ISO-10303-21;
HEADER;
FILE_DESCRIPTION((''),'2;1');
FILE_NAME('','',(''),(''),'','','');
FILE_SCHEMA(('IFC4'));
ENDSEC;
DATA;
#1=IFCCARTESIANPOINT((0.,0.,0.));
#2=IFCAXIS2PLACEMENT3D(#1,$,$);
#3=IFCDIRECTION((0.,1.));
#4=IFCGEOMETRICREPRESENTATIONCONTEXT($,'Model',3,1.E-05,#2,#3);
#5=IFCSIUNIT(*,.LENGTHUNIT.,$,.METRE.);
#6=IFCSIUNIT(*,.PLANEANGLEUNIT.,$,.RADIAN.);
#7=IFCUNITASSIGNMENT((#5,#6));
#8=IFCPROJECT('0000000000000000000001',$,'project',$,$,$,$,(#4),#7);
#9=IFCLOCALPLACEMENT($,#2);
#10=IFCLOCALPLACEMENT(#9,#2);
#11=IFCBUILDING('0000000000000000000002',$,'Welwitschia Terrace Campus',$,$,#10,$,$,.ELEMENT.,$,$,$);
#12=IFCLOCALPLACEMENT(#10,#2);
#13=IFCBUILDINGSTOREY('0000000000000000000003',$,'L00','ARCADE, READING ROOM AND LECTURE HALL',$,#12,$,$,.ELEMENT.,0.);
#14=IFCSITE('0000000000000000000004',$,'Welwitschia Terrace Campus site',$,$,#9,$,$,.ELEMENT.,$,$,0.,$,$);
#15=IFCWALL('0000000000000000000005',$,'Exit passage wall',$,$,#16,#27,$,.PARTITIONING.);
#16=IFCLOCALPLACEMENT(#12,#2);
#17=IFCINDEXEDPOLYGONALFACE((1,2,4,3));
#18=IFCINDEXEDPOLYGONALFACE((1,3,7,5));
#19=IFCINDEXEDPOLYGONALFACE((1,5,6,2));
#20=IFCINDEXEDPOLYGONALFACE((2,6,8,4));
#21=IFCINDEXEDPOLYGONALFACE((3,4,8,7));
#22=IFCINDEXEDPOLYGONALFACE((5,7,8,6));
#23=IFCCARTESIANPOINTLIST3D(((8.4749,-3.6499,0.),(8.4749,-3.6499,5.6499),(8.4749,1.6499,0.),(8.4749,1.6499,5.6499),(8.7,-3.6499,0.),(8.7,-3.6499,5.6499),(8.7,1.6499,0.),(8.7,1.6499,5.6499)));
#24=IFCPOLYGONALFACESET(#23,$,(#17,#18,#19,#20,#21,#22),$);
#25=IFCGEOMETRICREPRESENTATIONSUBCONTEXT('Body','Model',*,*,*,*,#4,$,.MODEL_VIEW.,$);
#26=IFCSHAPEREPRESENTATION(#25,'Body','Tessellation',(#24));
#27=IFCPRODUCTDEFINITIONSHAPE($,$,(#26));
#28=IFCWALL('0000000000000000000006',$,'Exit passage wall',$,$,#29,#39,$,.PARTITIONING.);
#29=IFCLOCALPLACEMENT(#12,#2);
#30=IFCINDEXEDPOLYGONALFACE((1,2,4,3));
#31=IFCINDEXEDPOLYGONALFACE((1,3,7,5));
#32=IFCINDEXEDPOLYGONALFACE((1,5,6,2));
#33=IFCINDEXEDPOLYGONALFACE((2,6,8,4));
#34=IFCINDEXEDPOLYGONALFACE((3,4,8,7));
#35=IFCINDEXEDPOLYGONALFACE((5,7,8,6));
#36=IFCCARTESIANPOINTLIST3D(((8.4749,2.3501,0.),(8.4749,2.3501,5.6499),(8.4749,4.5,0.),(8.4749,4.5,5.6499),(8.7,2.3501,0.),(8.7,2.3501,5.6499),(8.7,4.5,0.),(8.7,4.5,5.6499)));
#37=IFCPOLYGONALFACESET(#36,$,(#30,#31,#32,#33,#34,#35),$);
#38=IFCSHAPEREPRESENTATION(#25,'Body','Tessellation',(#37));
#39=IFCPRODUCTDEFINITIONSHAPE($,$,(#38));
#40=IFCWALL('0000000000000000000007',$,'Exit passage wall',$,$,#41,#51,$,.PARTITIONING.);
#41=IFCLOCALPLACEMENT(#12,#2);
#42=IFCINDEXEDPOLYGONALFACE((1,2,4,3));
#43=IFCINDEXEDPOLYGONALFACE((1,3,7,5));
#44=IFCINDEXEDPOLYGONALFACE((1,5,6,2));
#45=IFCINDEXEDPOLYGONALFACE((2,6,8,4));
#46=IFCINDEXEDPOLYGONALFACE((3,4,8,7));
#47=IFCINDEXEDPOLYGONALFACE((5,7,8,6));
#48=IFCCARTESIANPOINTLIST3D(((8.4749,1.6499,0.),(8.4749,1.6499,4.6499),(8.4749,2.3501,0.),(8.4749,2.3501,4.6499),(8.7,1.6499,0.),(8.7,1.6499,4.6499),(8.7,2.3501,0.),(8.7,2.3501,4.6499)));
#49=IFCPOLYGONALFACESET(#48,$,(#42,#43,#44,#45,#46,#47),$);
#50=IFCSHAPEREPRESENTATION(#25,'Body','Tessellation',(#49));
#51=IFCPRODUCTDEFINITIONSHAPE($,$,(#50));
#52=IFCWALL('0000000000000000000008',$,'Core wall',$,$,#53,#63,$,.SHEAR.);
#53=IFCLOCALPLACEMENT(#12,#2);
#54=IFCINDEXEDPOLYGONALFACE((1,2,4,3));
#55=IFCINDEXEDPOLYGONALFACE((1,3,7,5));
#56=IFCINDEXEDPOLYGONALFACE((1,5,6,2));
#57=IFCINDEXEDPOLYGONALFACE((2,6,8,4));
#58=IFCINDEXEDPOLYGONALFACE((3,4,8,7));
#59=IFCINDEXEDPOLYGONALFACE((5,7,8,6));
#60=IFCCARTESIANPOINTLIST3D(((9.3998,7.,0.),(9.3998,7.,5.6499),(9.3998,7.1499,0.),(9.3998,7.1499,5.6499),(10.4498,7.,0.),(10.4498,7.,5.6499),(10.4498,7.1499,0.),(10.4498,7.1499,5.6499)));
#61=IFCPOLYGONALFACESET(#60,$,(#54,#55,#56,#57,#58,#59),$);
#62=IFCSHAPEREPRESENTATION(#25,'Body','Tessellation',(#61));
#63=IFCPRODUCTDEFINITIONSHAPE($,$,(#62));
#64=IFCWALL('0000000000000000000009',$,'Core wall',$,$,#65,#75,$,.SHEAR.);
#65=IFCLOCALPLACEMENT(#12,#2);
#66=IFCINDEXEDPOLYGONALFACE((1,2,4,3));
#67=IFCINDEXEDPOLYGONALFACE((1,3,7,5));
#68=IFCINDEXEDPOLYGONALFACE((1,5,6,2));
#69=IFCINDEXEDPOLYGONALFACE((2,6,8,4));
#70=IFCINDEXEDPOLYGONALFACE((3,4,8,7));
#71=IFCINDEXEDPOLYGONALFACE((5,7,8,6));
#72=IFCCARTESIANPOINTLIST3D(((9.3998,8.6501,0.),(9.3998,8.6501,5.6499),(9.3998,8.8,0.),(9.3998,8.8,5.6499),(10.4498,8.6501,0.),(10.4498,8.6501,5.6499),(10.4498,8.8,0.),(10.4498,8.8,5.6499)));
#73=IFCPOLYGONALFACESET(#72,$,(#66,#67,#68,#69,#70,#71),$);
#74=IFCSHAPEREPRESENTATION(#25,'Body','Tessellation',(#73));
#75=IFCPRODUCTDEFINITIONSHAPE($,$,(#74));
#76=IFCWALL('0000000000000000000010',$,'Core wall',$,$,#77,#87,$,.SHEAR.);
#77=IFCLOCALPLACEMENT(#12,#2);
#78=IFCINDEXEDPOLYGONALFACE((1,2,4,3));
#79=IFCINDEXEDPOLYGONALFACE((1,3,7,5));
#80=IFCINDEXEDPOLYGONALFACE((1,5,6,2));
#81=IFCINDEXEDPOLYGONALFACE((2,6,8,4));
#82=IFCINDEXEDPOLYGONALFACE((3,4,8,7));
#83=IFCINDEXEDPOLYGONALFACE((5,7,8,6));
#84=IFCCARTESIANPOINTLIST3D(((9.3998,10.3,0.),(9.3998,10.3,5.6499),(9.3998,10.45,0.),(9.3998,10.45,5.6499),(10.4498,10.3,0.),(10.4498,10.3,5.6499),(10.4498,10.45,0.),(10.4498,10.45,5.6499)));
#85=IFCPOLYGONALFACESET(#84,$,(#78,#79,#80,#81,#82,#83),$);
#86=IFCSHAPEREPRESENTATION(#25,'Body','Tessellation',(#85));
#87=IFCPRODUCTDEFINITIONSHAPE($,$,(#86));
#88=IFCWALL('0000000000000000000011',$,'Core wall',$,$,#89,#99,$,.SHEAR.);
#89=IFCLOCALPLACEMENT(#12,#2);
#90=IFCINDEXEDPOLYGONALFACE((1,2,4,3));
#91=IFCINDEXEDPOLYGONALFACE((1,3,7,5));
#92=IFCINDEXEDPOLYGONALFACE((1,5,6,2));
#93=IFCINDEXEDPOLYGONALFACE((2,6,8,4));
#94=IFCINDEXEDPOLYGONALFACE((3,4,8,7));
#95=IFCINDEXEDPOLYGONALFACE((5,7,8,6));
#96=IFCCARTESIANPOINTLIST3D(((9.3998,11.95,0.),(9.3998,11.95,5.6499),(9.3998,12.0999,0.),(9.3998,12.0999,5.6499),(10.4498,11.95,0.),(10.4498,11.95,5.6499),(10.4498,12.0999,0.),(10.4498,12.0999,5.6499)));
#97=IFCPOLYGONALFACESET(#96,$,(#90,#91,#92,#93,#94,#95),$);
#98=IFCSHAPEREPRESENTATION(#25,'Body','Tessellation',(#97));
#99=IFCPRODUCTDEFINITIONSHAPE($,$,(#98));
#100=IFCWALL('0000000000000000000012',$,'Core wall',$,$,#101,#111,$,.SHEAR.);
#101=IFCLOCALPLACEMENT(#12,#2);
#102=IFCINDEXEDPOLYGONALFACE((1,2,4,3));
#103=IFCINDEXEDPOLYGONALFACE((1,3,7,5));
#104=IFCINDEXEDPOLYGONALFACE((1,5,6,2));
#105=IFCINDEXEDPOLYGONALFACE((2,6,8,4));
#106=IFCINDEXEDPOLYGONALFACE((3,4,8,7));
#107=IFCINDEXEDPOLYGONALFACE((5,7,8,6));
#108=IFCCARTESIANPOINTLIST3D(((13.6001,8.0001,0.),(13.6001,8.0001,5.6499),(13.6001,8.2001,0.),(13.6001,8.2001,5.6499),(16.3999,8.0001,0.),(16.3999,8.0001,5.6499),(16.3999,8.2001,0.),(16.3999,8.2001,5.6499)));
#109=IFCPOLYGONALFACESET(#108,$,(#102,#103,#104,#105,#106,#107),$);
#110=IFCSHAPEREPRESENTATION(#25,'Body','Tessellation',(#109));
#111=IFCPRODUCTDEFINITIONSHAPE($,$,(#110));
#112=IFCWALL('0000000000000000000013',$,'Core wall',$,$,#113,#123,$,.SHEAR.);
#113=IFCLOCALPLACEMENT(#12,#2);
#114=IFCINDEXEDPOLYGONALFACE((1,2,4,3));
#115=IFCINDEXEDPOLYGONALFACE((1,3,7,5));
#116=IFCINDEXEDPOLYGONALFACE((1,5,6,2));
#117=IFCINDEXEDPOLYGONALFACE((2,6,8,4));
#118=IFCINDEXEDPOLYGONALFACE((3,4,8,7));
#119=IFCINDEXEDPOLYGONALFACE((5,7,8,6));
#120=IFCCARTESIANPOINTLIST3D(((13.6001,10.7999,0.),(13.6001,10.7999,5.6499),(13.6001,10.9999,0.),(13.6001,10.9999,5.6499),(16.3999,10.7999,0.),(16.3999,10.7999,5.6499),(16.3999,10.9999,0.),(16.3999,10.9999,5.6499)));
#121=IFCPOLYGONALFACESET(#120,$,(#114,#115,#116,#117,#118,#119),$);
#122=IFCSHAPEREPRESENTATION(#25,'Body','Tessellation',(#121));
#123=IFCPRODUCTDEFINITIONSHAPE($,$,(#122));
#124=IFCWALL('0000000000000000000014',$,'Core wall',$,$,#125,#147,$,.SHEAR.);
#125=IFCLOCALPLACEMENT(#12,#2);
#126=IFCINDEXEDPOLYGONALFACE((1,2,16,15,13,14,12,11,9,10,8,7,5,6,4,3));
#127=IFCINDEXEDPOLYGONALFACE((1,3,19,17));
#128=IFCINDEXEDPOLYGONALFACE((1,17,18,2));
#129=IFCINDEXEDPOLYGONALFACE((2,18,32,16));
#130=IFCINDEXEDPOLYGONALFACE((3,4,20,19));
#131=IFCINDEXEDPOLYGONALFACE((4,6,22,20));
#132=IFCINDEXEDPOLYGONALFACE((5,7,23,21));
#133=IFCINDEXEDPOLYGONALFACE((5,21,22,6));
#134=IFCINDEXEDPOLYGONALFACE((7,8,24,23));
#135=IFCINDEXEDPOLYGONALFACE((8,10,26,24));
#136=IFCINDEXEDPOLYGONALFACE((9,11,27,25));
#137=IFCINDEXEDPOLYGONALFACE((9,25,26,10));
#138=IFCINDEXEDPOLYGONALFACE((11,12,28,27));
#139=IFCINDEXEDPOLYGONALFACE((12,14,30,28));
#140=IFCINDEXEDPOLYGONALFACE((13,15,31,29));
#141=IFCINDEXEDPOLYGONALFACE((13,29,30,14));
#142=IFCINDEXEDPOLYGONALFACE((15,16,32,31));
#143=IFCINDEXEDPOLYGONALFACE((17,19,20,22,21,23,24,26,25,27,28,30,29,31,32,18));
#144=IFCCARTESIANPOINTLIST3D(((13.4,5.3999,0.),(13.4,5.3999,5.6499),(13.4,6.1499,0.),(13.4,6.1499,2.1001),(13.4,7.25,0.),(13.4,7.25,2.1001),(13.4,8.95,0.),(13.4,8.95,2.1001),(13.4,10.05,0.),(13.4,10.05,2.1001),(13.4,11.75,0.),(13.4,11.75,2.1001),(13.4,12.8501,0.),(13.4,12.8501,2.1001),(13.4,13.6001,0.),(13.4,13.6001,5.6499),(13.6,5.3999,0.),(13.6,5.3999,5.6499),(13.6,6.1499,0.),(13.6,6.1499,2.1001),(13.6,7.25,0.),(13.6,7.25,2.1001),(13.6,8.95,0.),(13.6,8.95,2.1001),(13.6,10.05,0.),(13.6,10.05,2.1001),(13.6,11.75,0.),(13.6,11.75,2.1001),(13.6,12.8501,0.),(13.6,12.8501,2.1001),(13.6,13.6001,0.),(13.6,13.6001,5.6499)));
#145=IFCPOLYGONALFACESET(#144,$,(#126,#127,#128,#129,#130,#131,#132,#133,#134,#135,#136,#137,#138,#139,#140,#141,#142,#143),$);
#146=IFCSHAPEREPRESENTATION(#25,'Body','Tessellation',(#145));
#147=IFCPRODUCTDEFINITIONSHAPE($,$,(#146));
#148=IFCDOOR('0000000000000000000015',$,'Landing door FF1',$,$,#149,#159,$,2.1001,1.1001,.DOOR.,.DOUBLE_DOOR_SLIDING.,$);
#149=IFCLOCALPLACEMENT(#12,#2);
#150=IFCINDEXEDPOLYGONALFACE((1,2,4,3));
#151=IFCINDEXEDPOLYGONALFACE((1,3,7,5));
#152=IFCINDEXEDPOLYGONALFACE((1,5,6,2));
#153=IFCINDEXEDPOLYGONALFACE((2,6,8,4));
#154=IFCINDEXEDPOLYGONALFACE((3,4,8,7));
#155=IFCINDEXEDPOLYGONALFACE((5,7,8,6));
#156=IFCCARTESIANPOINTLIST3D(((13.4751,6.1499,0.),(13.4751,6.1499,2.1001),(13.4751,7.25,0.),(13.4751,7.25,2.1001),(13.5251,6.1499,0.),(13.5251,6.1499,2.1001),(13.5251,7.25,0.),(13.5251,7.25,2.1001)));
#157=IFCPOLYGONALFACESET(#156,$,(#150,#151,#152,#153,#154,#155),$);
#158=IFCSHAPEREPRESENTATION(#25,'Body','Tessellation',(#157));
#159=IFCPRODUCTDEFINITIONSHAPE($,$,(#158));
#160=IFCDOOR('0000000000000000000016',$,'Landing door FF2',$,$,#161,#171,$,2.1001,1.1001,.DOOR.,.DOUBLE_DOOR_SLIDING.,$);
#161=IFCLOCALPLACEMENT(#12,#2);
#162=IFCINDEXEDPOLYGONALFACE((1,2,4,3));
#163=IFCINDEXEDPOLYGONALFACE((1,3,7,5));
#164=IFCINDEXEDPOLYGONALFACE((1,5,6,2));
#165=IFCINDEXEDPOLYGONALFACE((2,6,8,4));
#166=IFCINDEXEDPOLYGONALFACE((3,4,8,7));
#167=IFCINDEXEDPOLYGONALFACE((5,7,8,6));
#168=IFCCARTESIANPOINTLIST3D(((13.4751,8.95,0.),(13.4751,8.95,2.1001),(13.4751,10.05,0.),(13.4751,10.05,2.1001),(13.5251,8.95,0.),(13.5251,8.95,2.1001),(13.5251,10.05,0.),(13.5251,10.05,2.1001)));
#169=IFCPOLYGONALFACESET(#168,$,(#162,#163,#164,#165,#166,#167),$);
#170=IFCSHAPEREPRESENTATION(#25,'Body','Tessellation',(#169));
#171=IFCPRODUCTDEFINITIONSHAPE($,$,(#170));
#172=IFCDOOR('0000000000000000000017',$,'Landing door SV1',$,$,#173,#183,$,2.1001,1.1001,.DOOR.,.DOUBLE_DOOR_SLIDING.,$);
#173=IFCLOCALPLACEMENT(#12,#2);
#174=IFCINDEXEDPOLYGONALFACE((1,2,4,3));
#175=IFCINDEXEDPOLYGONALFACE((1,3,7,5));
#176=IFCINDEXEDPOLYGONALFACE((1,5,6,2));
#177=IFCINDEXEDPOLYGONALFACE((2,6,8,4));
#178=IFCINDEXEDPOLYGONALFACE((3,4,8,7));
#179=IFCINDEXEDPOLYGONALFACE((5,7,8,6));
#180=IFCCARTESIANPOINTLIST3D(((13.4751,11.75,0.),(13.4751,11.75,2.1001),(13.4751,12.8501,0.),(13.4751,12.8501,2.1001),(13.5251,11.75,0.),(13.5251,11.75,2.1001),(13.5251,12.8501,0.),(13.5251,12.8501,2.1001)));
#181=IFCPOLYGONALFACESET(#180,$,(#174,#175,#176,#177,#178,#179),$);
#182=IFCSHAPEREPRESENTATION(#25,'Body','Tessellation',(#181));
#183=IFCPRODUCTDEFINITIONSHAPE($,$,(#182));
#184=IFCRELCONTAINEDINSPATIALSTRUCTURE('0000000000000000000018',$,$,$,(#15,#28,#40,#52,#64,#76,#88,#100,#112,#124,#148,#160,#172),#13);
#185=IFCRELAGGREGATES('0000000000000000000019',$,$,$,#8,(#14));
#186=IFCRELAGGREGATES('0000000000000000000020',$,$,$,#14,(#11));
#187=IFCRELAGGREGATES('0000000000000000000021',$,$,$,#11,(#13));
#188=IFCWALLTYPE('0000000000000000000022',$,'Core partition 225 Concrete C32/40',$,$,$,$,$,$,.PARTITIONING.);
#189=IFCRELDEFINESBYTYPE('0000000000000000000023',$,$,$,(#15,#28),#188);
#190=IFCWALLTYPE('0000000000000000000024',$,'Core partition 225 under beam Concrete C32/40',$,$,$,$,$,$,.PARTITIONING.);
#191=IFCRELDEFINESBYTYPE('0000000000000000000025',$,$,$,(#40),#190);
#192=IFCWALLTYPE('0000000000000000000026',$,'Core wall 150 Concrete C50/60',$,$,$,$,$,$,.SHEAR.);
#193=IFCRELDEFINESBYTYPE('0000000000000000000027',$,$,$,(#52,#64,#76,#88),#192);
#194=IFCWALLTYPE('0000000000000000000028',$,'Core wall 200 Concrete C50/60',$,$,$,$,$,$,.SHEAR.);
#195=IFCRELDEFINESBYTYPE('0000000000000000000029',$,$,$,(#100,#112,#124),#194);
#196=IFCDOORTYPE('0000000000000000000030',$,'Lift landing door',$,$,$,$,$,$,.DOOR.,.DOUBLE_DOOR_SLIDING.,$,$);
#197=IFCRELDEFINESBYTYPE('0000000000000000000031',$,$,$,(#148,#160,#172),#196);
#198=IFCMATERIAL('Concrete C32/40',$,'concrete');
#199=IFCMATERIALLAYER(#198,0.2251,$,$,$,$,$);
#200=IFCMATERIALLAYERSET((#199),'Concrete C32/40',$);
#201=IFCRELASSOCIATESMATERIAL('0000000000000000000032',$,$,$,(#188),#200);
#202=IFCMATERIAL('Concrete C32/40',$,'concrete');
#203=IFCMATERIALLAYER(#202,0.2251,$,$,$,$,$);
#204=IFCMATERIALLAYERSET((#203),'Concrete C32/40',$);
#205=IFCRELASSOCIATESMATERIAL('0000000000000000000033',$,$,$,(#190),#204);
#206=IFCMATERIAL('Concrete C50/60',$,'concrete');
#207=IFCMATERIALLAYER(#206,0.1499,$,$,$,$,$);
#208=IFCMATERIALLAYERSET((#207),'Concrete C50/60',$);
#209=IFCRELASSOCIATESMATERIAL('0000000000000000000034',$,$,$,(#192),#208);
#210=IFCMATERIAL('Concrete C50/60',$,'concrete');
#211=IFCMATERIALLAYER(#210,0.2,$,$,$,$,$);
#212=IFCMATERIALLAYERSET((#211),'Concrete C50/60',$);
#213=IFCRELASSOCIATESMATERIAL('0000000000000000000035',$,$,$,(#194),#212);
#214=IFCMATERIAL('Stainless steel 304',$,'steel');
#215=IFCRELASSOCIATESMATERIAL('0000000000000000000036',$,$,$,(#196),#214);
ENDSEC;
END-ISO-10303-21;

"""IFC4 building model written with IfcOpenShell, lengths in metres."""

from ifc_helpers import new_model, si_unit, direction, frame, frame_2d, origin, place, context, subcontext, project, spatial, rectangle, extrude, material, layer, layer_set, type_object, element, fill, save


model = new_model("IFC4")

# Units and contexts
model_context = context("Model", 3, precision=1e-05, world=origin(), true_north=direction((0.0, 1.0)))
body_context = subcontext(model_context, "Body", "Model", "MODEL_VIEW")
ifc_project = project(units=[si_unit("LENGTHUNIT", "METRE"), si_unit("PLANEANGLEUNIT", "RADIAN")], contexts=[model_context])

# Site, building, storey
site_placement = place(None, origin())
site = spatial("IfcSite", under=ifc_project, at=site_placement, Name="Welwitschia Terrace Campus site", CompositionType="ELEMENT", RefElevation=0.0)
building_placement = place(site_placement, origin())
building = spatial("IfcBuilding", under=site, at=building_placement, Name="Welwitschia Terrace Campus", CompositionType="ELEMENT")
storey_placement = place(building_placement, origin())
storey = spatial("IfcBuildingStorey", under=building, at=storey_placement, Name="L00", Description="ARCADE, READING ROOM AND LECTURE HALL", CompositionType="ELEMENT", Elevation=0.0)

# Walls
ifc_material_1 = material(Name="Concrete C32/40", Category="concrete")
ifc_layer_1 = layer(ifc_material_1, 0.2251)
ifc_layer_set_1 = layer_set([ifc_layer_1], Name="Concrete C32/40")
wall_type_1 = type_object("IfcWallType", Name="Core partition 225 Concrete C32/40", PredefinedType="PARTITIONING", material=ifc_layer_set_1)
wall_1_placement = place(storey_placement, frame((8.5874, 1.6499, 0.0), z_axis=(0.0, 0.0, 1.0), x_axis=(0.0, -1.0, 0.0)))
element("IfcWall", 1, at=wall_1_placement, inside=storey, type_object=wall_type_1, Name="Exit passage wall", PredefinedType="PARTITIONING", context=body_context, shape_type="SweptSolid", body=[
    extrude(rectangle(XDim=5.2998, YDim=0.2251, at=frame_2d((2.6499, 0.0))), origin(), (0.0, 0.0, 1.0), 5.6499),
])
wall_2_placement = place(storey_placement, frame((8.5874, 4.5, 0.0), z_axis=(0.0, 0.0, 1.0), x_axis=(0.0, -1.0, 0.0)))
element("IfcWall", 2, at=wall_2_placement, inside=storey, type_object=wall_type_1, Name="Exit passage wall", PredefinedType="PARTITIONING", context=body_context, shape_type="SweptSolid", body=[
    extrude(rectangle(XDim=2.1499, YDim=0.2251, at=frame_2d((1.075, 0.0))), origin(), (0.0, 0.0, 1.0), 5.6499),
])
ifc_material_2 = material(Name="Concrete C32/40", Category="concrete")
ifc_layer_2 = layer(ifc_material_2, 0.2251)
ifc_layer_set_2 = layer_set([ifc_layer_2], Name="Concrete C32/40")
wall_type_2 = type_object("IfcWallType", Name="Core partition 225 under beam Concrete C32/40", PredefinedType="PARTITIONING", material=ifc_layer_set_2)
wall_3_placement = place(storey_placement, frame((8.5874, 2.3501, 0.0), z_axis=(0.0, 0.0, 1.0), x_axis=(0.0, -1.0, 0.0)))
element("IfcWall", 3, at=wall_3_placement, inside=storey, type_object=wall_type_2, Name="Exit passage wall", PredefinedType="PARTITIONING", context=body_context, shape_type="SweptSolid", body=[
    extrude(rectangle(XDim=0.7002, YDim=0.2251, at=frame_2d((0.3501, 0.0))), origin(), (0.0, 0.0, 1.0), 4.6499),
])
ifc_material_3 = material(Name="Concrete C50/60", Category="concrete")
ifc_layer_3 = layer(ifc_material_3, 0.1499)
ifc_layer_set_3 = layer_set([ifc_layer_3], Name="Concrete C50/60")
wall_type_3 = type_object("IfcWallType", Name="Core wall 150 Concrete C50/60", PredefinedType="SHEAR", material=ifc_layer_set_3)
for number, where, z_axis, x_axis, name in (
    (4, (9.3999, 7.075, 0.0), (0.0, 0.0, 1.0), (1.0, 0.0, 0.0), "Core wall"),
    (5, (9.3999, 8.7251, 0.0), (0.0, 0.0, 1.0), (1.0, 0.0, 0.0), "Core wall"),
    (6, (9.3999, 10.375, 0.0), (0.0, 0.0, 1.0), (1.0, 0.0, 0.0), "Core wall"),
    (7, (9.3999, 12.0249, 0.0), (0.0, 0.0, 1.0), (1.0, 0.0, 0.0), "Core wall"),
):
    element("IfcWall", number, at=place(storey_placement, frame(where, z_axis=z_axis, x_axis=x_axis)), inside=storey, type_object=wall_type_3, Name=name, PredefinedType="SHEAR", context=body_context, shape_type="SweptSolid", body=[
        extrude(rectangle(XDim=1.05, YDim=0.1499, at=frame_2d((0.5249, 0.0))), origin(), (0.0, 0.0, 1.0), 5.6499),
    ])
ifc_material_4 = material(Name="Concrete C50/60", Category="concrete")
ifc_layer_4 = layer(ifc_material_4, 0.2)
ifc_layer_set_4 = layer_set([ifc_layer_4], Name="Concrete C50/60")
wall_type_4 = type_object("IfcWallType", Name="Core wall 200 Concrete C50/60", PredefinedType="SHEAR", material=ifc_layer_set_4)
for number, where, z_axis, x_axis, name in (
    (8, (13.6001, 8.1001, 0.0), (0.0, 0.0, 1.0), (1.0, 0.0, 0.0), "Core wall"),
    (9, (13.6001, 10.8999, 0.0), (0.0, 0.0, 1.0), (1.0, 0.0, 0.0), "Core wall"),
):
    element("IfcWall", number, at=place(storey_placement, frame(where, z_axis=z_axis, x_axis=x_axis)), inside=storey, type_object=wall_type_4, Name=name, PredefinedType="SHEAR", context=body_context, shape_type="SweptSolid", body=[
        extrude(rectangle(XDim=2.7998, YDim=0.2, at=frame_2d((1.3999, 0.0))), origin(), (0.0, 0.0, 1.0), 5.6499),
    ])

# Wall, openings, doors
wall_4_placement = place(storey_placement, frame((13.5, 5.3999, 0.0), z_axis=(0.0, 0.0, 1.0), x_axis=(0.0, 1.0, 0.0)))
wall_4 = element("IfcWall", 10, at=wall_4_placement, inside=storey, type_object=wall_type_4, Name="Core wall", PredefinedType="SHEAR", context=body_context, shape_type="SweptSolid", body=[
    extrude(rectangle(XDim=8.2002, YDim=0.2, at=frame_2d((4.1001, 0.0))), origin(), (0.0, 0.0, 1.0), 5.6499),
])
opening_1_placement = place(wall_4_placement, frame((0.75, 0.0, 0.0)))
opening_1 = element("IfcOpeningElement", 11, at=opening_1_placement, cuts=wall_4, PredefinedType="OPENING", context=body_context, shape_type="SweptSolid", body=[
    extrude(rectangle(XDim=1.1001, YDim=2.1001, at=frame_2d((0.55, 1.05))), frame((0.0, 0.1099, 0.0), z_axis=(0.0, -1.0, 0.0), x_axis=(1.0, 0.0, 0.0)), (0.0, 0.0, 1.0), 0.22),
])
opening_2_placement = place(wall_4_placement, frame((3.55, 0.0, 0.0)))
opening_2 = element("IfcOpeningElement", 12, at=opening_2_placement, cuts=wall_4, PredefinedType="OPENING", context=body_context, shape_type="SweptSolid", body=[
    extrude(rectangle(XDim=1.1001, YDim=2.1001, at=frame_2d((0.55, 1.05))), frame((0.0, 0.1099, 0.0), z_axis=(0.0, -1.0, 0.0), x_axis=(1.0, 0.0, 0.0)), (0.0, 0.0, 1.0), 0.22),
])
opening_3_placement = place(wall_4_placement, frame((6.3501, 0.0, 0.0)))
opening_3 = element("IfcOpeningElement", 13, at=opening_3_placement, cuts=wall_4, PredefinedType="OPENING", context=body_context, shape_type="SweptSolid", body=[
    extrude(rectangle(XDim=1.1001, YDim=2.1001, at=frame_2d((0.55, 1.05))), frame((0.0, 0.1099, 0.0), z_axis=(0.0, -1.0, 0.0), x_axis=(1.0, 0.0, 0.0)), (0.0, 0.0, 1.0), 0.22),
])
ifc_material_5 = material(Name="Stainless steel 304", Category="steel")
door_type_1 = type_object("IfcDoorType", Name="Lift landing door", OperationType="DOUBLE_DOOR_SLIDING", PredefinedType="DOOR", material=ifc_material_5)
door_1_placement = place(opening_1_placement, origin())
door_1 = element("IfcDoor", 14, at=door_1_placement, inside=storey, type_object=door_type_1, Name="Landing door FF1", OperationType="DOUBLE_DOOR_SLIDING", OverallHeight=2.1001, OverallWidth=1.1001, PredefinedType="DOOR", context=body_context, shape_type="SweptSolid", body=[
    extrude(rectangle(XDim=1.1001, YDim=2.1001, at=frame_2d((0.55, 1.05))), frame((0.0, 0.0249, 0.0), z_axis=(0.0, -1.0, 0.0), x_axis=(1.0, 0.0, 0.0)), (0.0, 0.0, 1.0), 0.05),
])
fill(opening_1, door_1)
door_2_placement = place(opening_2_placement, origin())
door_2 = element("IfcDoor", 15, at=door_2_placement, inside=storey, type_object=door_type_1, Name="Landing door FF2", OperationType="DOUBLE_DOOR_SLIDING", OverallHeight=2.1001, OverallWidth=1.1001, PredefinedType="DOOR", context=body_context, shape_type="SweptSolid", body=[
    extrude(rectangle(XDim=1.1001, YDim=2.1001, at=frame_2d((0.55, 1.05))), frame((0.0, 0.0249, 0.0), z_axis=(0.0, -1.0, 0.0), x_axis=(1.0, 0.0, 0.0)), (0.0, 0.0, 1.0), 0.05),
])
fill(opening_2, door_2)
door_3_placement = place(opening_3_placement, origin())
door_3 = element("IfcDoor", 16, at=door_3_placement, inside=storey, type_object=door_type_1, Name="Landing door SV1", OperationType="DOUBLE_DOOR_SLIDING", OverallHeight=2.1001, OverallWidth=1.1001, PredefinedType="DOOR", context=body_context, shape_type="SweptSolid", body=[
    extrude(rectangle(XDim=1.1001, YDim=2.1001, at=frame_2d((0.55, 1.05))), frame((0.0, 0.0249, 0.0), z_axis=(0.0, -1.0, 0.0), x_axis=(1.0, 0.0, 0.0)), (0.0, 0.0, 1.0), 0.05),
])
fill(opening_3, door_3)

save(model, "model.ifc")
